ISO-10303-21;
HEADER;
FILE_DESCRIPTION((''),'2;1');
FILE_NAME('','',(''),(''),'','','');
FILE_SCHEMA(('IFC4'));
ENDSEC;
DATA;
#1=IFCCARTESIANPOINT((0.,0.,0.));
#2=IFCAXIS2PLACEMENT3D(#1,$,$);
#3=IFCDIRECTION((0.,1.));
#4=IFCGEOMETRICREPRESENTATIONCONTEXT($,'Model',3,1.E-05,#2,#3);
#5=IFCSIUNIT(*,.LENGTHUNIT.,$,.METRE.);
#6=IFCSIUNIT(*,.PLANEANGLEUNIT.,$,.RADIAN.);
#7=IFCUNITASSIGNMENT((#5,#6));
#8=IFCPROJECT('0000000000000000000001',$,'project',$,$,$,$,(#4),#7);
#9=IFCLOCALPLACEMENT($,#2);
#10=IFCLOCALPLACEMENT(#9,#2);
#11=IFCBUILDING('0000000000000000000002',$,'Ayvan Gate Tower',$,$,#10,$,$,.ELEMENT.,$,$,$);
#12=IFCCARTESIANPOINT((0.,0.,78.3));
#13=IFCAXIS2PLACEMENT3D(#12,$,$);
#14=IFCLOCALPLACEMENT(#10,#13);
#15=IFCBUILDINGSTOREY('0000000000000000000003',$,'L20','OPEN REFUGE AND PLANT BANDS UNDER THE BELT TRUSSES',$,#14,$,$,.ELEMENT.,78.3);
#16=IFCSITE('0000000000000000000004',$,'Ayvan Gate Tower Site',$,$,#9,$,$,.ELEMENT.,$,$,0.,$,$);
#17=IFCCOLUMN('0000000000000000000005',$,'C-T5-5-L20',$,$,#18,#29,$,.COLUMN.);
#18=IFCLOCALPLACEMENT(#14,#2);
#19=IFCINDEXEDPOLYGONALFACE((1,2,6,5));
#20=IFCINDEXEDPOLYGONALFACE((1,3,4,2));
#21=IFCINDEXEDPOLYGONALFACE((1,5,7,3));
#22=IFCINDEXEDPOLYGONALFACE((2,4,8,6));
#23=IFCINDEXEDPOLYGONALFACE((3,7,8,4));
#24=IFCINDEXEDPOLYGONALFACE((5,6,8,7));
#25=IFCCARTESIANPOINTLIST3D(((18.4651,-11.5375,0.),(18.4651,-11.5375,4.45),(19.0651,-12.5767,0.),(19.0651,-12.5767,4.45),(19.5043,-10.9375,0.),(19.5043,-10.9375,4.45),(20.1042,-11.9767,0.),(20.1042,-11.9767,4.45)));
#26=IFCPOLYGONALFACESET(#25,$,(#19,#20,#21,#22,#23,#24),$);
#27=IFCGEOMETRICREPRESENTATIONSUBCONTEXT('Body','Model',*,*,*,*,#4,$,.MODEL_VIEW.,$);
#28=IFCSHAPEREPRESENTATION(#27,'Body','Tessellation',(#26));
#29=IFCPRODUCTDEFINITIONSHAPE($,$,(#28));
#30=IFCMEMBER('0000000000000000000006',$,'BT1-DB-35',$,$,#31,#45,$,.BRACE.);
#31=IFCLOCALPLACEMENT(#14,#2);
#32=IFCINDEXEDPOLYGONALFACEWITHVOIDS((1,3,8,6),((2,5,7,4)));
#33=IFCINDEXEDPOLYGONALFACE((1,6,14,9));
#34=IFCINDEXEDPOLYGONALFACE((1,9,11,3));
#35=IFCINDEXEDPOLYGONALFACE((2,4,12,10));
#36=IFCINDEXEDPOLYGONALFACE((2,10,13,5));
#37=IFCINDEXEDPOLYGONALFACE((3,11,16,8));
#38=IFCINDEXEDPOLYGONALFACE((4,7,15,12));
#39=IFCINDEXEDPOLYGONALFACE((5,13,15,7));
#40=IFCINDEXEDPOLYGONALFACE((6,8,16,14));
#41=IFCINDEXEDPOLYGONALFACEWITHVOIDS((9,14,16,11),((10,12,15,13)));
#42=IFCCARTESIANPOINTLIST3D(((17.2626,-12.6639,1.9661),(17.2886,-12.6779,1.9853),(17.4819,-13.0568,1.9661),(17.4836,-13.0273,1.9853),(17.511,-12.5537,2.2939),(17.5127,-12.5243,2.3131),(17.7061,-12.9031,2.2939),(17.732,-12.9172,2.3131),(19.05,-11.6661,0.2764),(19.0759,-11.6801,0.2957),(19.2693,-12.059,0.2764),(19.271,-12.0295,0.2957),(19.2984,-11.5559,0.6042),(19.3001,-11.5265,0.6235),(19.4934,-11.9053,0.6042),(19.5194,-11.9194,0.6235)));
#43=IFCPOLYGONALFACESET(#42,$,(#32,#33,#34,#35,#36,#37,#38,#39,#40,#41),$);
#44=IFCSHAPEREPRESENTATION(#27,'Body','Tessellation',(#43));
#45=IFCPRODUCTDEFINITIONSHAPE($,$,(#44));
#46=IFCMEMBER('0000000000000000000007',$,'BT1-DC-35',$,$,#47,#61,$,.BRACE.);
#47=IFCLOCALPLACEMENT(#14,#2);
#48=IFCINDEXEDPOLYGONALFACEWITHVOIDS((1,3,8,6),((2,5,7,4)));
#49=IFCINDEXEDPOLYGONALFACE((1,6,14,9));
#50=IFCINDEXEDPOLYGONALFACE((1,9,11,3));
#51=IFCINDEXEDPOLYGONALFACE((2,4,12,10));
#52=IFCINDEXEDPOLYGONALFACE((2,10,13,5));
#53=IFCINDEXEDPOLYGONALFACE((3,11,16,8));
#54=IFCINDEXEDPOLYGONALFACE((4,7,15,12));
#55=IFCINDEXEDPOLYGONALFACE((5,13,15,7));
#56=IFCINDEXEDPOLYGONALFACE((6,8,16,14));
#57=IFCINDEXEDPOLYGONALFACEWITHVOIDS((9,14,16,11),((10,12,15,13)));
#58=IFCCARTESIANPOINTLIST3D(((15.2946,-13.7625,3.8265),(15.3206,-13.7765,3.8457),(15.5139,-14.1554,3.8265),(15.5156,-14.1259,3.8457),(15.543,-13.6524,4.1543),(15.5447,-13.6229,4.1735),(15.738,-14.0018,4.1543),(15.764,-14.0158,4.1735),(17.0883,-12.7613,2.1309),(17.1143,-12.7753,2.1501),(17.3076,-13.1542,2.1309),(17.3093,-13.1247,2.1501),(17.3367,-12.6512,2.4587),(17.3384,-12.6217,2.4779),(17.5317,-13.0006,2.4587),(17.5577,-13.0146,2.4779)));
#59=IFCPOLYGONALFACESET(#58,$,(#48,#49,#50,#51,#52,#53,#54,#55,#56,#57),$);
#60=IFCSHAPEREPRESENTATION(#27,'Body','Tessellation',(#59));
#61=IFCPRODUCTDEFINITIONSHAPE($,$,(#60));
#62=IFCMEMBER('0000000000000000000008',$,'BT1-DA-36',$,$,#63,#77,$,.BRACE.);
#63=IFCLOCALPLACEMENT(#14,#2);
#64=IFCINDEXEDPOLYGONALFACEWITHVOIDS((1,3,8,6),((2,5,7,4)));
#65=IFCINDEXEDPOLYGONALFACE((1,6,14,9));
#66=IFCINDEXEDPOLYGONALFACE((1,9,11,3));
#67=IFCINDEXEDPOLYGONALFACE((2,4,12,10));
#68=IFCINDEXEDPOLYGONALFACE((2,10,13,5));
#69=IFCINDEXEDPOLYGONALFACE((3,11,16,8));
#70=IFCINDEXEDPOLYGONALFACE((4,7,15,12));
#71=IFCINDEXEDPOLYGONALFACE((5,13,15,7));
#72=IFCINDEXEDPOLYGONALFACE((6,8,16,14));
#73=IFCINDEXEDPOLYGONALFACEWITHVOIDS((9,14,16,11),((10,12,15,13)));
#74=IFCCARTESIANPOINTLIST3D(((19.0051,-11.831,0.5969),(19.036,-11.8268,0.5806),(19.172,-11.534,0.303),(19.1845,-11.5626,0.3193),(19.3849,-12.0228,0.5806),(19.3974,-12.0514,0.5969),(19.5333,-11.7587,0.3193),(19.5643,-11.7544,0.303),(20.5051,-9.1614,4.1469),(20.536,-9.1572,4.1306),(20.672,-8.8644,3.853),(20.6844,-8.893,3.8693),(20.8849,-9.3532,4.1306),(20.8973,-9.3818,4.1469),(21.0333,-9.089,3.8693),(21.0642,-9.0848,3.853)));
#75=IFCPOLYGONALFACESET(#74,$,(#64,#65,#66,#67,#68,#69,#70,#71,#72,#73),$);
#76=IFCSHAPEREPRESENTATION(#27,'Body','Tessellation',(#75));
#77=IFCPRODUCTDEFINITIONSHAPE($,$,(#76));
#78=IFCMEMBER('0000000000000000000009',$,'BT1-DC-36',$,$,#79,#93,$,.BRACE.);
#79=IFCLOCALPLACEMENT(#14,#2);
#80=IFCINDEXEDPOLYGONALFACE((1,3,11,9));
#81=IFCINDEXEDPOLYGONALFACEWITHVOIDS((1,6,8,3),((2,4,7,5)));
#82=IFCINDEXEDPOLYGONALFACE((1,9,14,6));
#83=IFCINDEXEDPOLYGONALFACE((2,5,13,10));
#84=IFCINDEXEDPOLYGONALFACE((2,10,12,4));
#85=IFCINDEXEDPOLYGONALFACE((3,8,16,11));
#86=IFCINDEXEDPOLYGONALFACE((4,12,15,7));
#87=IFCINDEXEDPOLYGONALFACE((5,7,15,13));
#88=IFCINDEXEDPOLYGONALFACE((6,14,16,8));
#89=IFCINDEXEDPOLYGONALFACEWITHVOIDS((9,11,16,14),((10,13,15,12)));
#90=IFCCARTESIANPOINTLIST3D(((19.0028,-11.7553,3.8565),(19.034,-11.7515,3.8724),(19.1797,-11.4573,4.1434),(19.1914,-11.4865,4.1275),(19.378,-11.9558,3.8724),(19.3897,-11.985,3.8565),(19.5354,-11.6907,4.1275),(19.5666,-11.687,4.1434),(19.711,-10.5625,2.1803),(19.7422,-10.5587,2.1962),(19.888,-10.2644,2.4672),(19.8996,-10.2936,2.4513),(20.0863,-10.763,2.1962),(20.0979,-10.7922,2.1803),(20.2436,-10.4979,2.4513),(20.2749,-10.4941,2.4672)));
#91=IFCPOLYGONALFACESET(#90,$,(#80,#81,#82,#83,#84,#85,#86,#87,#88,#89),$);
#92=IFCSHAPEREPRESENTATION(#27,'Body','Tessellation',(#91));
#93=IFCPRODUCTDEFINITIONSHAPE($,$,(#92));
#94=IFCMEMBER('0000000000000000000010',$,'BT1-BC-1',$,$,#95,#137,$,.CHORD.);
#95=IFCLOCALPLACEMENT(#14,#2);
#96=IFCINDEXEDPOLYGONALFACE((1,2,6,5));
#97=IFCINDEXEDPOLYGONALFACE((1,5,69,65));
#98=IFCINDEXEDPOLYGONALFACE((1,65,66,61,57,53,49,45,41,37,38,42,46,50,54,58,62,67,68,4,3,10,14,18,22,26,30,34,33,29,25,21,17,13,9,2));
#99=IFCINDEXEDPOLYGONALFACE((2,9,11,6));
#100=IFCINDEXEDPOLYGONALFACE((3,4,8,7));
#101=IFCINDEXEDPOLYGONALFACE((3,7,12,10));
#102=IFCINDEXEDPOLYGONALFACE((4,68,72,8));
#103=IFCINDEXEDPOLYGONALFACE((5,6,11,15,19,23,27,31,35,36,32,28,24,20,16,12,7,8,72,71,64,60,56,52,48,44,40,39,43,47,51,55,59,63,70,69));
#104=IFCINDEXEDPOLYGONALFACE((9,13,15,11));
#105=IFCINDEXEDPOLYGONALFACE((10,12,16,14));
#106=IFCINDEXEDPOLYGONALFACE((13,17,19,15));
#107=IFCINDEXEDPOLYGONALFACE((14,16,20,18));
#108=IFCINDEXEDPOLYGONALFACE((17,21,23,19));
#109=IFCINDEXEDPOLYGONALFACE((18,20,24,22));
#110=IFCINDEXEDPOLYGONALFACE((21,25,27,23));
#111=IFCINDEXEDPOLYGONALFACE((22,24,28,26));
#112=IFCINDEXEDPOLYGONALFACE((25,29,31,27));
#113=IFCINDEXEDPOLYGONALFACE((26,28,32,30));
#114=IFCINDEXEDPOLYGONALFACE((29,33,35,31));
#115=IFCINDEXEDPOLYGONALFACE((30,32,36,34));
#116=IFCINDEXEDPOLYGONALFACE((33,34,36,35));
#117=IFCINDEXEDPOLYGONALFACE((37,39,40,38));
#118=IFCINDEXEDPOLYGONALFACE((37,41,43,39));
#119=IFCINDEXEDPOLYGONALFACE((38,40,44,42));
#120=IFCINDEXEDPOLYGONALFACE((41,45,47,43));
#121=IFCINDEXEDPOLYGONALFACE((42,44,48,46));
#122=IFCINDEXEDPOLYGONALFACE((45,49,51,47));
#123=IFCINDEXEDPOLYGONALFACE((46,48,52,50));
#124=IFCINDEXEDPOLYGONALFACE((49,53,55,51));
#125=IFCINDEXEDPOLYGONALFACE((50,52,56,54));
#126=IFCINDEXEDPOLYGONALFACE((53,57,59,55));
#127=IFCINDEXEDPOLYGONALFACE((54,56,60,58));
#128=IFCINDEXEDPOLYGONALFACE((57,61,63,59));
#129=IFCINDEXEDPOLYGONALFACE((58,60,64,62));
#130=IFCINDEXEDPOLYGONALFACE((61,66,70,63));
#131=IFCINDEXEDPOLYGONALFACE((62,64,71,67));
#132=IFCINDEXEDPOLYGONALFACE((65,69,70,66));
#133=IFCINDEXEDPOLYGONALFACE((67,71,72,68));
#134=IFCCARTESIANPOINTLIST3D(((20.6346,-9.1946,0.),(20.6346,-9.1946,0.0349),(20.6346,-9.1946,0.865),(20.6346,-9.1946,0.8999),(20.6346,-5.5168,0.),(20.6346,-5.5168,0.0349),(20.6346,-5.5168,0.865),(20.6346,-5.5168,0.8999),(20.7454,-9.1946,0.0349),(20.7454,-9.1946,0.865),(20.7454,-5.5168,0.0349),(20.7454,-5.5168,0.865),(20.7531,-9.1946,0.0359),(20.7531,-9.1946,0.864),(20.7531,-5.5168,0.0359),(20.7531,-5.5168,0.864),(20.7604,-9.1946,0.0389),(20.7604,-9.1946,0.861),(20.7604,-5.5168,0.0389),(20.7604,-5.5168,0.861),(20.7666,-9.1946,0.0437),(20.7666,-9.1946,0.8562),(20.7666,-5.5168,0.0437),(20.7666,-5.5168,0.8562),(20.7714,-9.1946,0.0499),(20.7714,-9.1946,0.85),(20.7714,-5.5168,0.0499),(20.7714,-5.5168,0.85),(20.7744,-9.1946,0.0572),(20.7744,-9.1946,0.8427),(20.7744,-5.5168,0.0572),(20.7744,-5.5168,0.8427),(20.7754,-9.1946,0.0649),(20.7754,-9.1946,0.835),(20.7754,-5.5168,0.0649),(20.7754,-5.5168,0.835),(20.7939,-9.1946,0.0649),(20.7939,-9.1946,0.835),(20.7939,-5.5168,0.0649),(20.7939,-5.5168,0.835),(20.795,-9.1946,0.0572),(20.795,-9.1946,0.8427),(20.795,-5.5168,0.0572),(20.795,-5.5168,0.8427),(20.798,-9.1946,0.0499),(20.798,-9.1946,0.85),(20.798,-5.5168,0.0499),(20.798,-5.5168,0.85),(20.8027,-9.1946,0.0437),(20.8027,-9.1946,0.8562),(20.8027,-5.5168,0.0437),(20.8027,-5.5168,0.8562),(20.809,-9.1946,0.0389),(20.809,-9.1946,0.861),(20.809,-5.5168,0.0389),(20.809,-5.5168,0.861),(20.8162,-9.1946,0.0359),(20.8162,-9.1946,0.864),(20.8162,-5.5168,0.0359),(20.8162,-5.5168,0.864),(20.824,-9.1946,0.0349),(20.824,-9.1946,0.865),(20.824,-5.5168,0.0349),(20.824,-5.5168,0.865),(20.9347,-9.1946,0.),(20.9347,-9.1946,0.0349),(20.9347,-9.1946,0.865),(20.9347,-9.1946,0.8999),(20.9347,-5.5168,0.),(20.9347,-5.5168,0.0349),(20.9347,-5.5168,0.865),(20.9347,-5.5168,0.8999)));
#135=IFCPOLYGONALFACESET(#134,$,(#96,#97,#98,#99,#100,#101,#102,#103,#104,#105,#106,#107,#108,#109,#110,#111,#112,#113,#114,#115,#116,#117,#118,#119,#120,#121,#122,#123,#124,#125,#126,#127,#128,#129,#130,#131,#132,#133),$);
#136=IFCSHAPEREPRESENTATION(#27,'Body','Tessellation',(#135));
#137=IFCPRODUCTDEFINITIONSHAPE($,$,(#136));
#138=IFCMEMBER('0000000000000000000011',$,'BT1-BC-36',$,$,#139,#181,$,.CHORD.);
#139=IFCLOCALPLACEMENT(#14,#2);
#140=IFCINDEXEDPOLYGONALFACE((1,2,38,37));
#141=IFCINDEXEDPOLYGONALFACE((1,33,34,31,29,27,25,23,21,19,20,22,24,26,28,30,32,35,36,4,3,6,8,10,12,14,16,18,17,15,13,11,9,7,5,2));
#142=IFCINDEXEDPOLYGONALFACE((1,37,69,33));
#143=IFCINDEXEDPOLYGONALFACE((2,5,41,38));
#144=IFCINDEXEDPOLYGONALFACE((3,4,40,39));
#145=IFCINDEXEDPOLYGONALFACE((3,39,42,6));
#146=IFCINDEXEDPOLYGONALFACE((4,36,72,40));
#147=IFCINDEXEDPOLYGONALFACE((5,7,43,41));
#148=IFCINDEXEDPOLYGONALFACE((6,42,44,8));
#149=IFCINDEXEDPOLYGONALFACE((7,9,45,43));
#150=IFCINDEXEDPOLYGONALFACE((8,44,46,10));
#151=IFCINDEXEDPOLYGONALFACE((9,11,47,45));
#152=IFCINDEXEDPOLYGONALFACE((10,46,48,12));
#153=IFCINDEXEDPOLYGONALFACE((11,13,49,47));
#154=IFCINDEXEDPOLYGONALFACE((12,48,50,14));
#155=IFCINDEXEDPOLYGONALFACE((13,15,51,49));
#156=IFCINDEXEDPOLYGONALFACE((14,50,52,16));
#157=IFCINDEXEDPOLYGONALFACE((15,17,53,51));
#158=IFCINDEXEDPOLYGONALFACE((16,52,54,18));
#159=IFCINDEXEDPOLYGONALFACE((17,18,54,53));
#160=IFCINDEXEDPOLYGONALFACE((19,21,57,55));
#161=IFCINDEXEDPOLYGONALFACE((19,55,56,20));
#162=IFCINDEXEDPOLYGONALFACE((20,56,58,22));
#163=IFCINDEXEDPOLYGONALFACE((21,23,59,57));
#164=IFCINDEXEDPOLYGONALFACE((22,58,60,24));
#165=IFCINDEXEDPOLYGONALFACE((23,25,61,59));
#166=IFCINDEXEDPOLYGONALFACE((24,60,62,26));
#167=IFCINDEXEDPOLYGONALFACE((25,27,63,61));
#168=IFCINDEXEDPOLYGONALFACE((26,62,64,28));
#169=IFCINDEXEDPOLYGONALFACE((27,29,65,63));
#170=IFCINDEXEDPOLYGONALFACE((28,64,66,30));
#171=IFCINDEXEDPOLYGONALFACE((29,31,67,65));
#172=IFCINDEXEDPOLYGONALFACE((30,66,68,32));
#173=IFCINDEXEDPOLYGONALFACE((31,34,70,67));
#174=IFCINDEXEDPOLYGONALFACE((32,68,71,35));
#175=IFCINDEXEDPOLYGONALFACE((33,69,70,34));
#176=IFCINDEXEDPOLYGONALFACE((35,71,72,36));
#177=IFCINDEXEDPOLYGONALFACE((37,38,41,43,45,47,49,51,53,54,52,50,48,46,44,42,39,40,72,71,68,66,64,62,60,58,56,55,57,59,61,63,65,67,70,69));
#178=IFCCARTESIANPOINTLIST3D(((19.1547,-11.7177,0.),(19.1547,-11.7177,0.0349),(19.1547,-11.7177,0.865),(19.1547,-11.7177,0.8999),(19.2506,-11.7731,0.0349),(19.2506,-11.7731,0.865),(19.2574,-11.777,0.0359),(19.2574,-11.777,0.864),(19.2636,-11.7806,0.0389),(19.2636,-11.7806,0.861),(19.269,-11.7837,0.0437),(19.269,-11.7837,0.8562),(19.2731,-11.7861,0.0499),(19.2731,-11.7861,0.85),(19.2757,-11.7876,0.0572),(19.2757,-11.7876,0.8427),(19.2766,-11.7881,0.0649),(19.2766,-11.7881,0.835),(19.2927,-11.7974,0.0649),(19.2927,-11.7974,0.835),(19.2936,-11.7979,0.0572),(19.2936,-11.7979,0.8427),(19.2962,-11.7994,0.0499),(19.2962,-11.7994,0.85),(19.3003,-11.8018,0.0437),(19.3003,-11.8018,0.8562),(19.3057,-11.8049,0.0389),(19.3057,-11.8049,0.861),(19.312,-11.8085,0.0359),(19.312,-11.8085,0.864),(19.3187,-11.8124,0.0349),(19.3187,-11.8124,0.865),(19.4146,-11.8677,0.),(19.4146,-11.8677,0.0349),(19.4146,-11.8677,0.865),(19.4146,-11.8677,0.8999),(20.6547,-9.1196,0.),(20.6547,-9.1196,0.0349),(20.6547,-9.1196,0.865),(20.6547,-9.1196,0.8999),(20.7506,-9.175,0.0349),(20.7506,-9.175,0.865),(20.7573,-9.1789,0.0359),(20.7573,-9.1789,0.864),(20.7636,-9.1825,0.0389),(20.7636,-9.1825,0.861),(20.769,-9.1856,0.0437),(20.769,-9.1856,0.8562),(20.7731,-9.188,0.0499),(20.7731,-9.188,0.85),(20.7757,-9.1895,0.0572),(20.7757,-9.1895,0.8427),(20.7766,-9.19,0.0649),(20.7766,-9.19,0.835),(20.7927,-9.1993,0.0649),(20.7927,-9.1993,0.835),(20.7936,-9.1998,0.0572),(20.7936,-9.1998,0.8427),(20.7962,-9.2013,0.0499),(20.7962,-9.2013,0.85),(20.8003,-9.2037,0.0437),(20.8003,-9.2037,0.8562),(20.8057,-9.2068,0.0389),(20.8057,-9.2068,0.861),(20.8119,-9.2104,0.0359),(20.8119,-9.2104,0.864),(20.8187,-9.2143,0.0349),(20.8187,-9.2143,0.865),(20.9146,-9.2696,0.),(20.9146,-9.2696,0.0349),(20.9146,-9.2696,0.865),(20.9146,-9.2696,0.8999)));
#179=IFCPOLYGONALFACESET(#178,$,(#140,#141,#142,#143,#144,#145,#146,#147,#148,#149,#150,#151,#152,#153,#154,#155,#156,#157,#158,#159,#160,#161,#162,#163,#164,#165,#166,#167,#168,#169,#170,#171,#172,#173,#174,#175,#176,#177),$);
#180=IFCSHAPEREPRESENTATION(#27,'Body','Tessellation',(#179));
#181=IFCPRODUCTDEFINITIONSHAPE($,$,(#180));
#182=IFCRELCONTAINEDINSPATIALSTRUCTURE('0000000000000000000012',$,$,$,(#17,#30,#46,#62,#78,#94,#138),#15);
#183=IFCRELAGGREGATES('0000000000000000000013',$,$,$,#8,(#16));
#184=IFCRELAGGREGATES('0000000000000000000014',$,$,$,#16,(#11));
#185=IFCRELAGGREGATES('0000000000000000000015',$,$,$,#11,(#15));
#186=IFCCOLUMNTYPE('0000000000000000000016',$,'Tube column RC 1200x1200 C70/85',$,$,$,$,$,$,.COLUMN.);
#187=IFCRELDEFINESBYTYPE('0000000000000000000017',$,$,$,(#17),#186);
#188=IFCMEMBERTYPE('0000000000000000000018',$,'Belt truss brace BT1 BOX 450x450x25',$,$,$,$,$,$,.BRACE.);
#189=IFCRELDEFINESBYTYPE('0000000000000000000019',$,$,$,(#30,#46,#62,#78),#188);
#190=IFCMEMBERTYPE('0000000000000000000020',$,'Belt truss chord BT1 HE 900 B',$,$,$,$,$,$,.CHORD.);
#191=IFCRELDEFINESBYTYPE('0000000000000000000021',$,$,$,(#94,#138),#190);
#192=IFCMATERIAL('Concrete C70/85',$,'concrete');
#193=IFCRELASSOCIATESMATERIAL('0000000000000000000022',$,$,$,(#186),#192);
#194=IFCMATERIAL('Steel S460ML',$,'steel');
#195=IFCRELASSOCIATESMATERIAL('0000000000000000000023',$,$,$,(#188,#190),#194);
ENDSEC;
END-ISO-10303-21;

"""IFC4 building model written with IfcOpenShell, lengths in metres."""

from ifc_helpers import new_model, si_unit, direction, frame, origin, origin_2d, place, context, subcontext, project, spatial, rectangle, hollow_rectangle, i_section, extrude, material, material_profile, profile_set, type_object, element, save


model = new_model("IFC4")

# Units and contexts
model_context = context("Model", 3, precision=1e-05, world=origin(), true_north=direction((0.0, 1.0)))
body_context = subcontext(model_context, "Body", "Model", "MODEL_VIEW")
ifc_project = project(units=[si_unit("LENGTHUNIT", "METRE"), si_unit("PLANEANGLEUNIT", "RADIAN")], contexts=[model_context])

# Site, building, storey
site_placement = place(None, origin())
site = spatial("IfcSite", under=ifc_project, at=site_placement, Name="Ayvan Gate Tower Site", CompositionType="ELEMENT", RefElevation=0.0)
building_placement = place(site_placement, origin())
building = spatial("IfcBuilding", under=site, at=building_placement, Name="Ayvan Gate Tower", CompositionType="ELEMENT")
storey_placement = place(building_placement, frame((0.0, 0.0, 78.3)))
storey = spatial("IfcBuildingStorey", under=building, at=storey_placement, Name="L20", Description="OPEN REFUGE AND PLANT BANDS UNDER THE BELT TRUSSES", CompositionType="ELEMENT", Elevation=78.3)

# Column
ifc_material_1 = material(Name="Concrete C70/85", Category="concrete")
ifc_material_profile_1 = material_profile(ifc_material_1, rectangle(XDim=1.2, YDim=1.2, at=origin_2d()), Name="RC 1200x1200")
ifc_profile_set_1 = profile_set([ifc_material_profile_1], Name="Concrete C70/85")
column_type = type_object("IfcColumnType", Name="Tube column RC 1200x1200 C70/85", PredefinedType="COLUMN", material=ifc_profile_set_1)
column_placement = place(storey_placement, frame((19.2847, -11.7571, 0.0), z_axis=(0.0, 0.0, 1.0), x_axis=(0.5, -0.866025, 0.0)))
element("IfcColumn", 1, at=column_placement, inside=storey, type_object=column_type, Name="C-T5-5-L20", PredefinedType="COLUMN", context=body_context, shape_type="SweptSolid", body=[
    extrude(rectangle(XDim=1.2, YDim=1.2, at=origin_2d()), origin(), (0.0, 0.0, 1.0), 4.45),
])

# Members
ifc_material_2 = material(Name="Steel S460ML", Category="steel")
ifc_material_profile_2 = material_profile(ifc_material_2, hollow_rectangle(XDim=0.45, YDim=0.45, WallThickness=0.0249, at=origin_2d()), Name="BOX 450x450x25")
ifc_profile_set_2 = profile_set([ifc_material_profile_2], Name="Steel S460ML")
member_type_1 = type_object("IfcMemberType", Name="Belt truss brace BT1 BOX 450x450x25", PredefinedType="BRACE", material=ifc_profile_set_2)
member_1_placement = place(storey_placement, frame((19.2847, -11.7927, 0.45), z_axis=(-0.67338, -0.375919, 0.636588), x_axis=(0.487444, -0.873154, 0.0)))
element("IfcMember", 2, at=member_1_placement, inside=storey, type_object=member_type_1, Name="BT1-DB-35", PredefinedType="BRACE", context=body_context, shape_type="SweptSolid", body=[
    extrude(hollow_rectangle(XDim=0.45, YDim=0.45, WallThickness=0.0249, at=origin_2d()), origin(), (0.0, 0.0, 1.0), 2.6543),
])
member_2_placement = place(storey_placement, frame((17.323, -12.8879, 2.3044), z_axis=(-0.673415, -0.375891, 0.636568), x_axis=(0.487398, -0.87318, 0.0)))
element("IfcMember", 3, at=member_2_placement, inside=storey, type_object=member_type_1, Name="BT1-DC-35", PredefinedType="BRACE", context=body_context, shape_type="SweptSolid", body=[
    extrude(hollow_rectangle(XDim=0.45, YDim=0.45, WallThickness=0.0249, at=origin_2d()), origin(), (0.0, 0.0, 1.0), 2.6636),
])
member_3_placement = place(storey_placement, frame((19.2847, -11.7927, 0.45), z_axis=(0.319946, 0.569436, 0.757217), x_axis=(-0.871812, 0.489841, 0.0)))
element("IfcMember", 4, at=member_3_placement, inside=storey, type_object=member_type_1, Name="BT1-DA-36", PredefinedType="BRACE", context=body_context, shape_type="SweptSolid", body=[
    extrude(hollow_rectangle(XDim=0.45, YDim=0.45, WallThickness=0.0249, at=origin_2d()), origin(), (0.0, 0.0, 1.0), 4.6882),
])
member_4_placement = place(storey_placement, frame((19.9929, -10.5283, 2.3237), z_axis=(-0.325502, -0.548225, 0.770388), x_axis=(0.85986, -0.510531, 0.0)))
element("IfcMember", 5, at=member_4_placement, inside=storey, type_object=member_type_1, Name="BT1-DC-36", PredefinedType="BRACE", context=body_context, shape_type="SweptSolid", body=[
    extrude(hollow_rectangle(XDim=0.45, YDim=0.45, WallThickness=0.0249, at=origin_2d()), origin(), (0.0, 0.0, 1.0), 2.1758),
])
ifc_material_profile_3 = material_profile(ifc_material_2, i_section(OverallWidth=0.3, OverallDepth=0.8999, WebThickness=0.0186, FlangeThickness=0.0349, FilletRadius=0.03, at=origin_2d()), Name="HE 900 B")
ifc_profile_set_3 = profile_set([ifc_material_profile_3], Name="Steel S460ML")
member_type_2 = type_object("IfcMemberType", Name="Belt truss chord BT1 HE 900 B", PredefinedType="CHORD", material=ifc_profile_set_3)
member_5_placement = place(storey_placement, frame((20.7847, -9.1946, 0.45), z_axis=(0.0, 1.0, 0.0), x_axis=(-1.0, 0.0, 0.0)))
element("IfcMember", 6, at=member_5_placement, inside=storey, type_object=member_type_2, Name="BT1-BC-1", PredefinedType="CHORD", context=body_context, shape_type="SweptSolid", body=[
    extrude(i_section(OverallWidth=0.3, OverallDepth=0.8999, WebThickness=0.0186, FlangeThickness=0.0349, FilletRadius=0.03, at=origin_2d()), origin(), (0.0, 0.0, 1.0), 3.6777),
])
for number, where, z_axis, x_axis, name in (
    (7, (19.2847, -11.7927, 0.45), (0.49999, 0.866031, 0.0), (-0.866031, 0.49999, 0.0), "BT1-BC-36"),
):
    element("IfcMember", number, at=place(storey_placement, frame(where, z_axis=z_axis, x_axis=x_axis)), inside=storey, type_object=member_type_2, Name=name, PredefinedType="CHORD", context=body_context, shape_type="SweptSolid", body=[
        extrude(i_section(OverallWidth=0.3, OverallDepth=0.8999, WebThickness=0.0186, FlangeThickness=0.0349, FilletRadius=0.03, at=origin_2d()), origin(), (0.0, 0.0, 1.0), 3.0),
    ])

save(model, "model.ifc")
